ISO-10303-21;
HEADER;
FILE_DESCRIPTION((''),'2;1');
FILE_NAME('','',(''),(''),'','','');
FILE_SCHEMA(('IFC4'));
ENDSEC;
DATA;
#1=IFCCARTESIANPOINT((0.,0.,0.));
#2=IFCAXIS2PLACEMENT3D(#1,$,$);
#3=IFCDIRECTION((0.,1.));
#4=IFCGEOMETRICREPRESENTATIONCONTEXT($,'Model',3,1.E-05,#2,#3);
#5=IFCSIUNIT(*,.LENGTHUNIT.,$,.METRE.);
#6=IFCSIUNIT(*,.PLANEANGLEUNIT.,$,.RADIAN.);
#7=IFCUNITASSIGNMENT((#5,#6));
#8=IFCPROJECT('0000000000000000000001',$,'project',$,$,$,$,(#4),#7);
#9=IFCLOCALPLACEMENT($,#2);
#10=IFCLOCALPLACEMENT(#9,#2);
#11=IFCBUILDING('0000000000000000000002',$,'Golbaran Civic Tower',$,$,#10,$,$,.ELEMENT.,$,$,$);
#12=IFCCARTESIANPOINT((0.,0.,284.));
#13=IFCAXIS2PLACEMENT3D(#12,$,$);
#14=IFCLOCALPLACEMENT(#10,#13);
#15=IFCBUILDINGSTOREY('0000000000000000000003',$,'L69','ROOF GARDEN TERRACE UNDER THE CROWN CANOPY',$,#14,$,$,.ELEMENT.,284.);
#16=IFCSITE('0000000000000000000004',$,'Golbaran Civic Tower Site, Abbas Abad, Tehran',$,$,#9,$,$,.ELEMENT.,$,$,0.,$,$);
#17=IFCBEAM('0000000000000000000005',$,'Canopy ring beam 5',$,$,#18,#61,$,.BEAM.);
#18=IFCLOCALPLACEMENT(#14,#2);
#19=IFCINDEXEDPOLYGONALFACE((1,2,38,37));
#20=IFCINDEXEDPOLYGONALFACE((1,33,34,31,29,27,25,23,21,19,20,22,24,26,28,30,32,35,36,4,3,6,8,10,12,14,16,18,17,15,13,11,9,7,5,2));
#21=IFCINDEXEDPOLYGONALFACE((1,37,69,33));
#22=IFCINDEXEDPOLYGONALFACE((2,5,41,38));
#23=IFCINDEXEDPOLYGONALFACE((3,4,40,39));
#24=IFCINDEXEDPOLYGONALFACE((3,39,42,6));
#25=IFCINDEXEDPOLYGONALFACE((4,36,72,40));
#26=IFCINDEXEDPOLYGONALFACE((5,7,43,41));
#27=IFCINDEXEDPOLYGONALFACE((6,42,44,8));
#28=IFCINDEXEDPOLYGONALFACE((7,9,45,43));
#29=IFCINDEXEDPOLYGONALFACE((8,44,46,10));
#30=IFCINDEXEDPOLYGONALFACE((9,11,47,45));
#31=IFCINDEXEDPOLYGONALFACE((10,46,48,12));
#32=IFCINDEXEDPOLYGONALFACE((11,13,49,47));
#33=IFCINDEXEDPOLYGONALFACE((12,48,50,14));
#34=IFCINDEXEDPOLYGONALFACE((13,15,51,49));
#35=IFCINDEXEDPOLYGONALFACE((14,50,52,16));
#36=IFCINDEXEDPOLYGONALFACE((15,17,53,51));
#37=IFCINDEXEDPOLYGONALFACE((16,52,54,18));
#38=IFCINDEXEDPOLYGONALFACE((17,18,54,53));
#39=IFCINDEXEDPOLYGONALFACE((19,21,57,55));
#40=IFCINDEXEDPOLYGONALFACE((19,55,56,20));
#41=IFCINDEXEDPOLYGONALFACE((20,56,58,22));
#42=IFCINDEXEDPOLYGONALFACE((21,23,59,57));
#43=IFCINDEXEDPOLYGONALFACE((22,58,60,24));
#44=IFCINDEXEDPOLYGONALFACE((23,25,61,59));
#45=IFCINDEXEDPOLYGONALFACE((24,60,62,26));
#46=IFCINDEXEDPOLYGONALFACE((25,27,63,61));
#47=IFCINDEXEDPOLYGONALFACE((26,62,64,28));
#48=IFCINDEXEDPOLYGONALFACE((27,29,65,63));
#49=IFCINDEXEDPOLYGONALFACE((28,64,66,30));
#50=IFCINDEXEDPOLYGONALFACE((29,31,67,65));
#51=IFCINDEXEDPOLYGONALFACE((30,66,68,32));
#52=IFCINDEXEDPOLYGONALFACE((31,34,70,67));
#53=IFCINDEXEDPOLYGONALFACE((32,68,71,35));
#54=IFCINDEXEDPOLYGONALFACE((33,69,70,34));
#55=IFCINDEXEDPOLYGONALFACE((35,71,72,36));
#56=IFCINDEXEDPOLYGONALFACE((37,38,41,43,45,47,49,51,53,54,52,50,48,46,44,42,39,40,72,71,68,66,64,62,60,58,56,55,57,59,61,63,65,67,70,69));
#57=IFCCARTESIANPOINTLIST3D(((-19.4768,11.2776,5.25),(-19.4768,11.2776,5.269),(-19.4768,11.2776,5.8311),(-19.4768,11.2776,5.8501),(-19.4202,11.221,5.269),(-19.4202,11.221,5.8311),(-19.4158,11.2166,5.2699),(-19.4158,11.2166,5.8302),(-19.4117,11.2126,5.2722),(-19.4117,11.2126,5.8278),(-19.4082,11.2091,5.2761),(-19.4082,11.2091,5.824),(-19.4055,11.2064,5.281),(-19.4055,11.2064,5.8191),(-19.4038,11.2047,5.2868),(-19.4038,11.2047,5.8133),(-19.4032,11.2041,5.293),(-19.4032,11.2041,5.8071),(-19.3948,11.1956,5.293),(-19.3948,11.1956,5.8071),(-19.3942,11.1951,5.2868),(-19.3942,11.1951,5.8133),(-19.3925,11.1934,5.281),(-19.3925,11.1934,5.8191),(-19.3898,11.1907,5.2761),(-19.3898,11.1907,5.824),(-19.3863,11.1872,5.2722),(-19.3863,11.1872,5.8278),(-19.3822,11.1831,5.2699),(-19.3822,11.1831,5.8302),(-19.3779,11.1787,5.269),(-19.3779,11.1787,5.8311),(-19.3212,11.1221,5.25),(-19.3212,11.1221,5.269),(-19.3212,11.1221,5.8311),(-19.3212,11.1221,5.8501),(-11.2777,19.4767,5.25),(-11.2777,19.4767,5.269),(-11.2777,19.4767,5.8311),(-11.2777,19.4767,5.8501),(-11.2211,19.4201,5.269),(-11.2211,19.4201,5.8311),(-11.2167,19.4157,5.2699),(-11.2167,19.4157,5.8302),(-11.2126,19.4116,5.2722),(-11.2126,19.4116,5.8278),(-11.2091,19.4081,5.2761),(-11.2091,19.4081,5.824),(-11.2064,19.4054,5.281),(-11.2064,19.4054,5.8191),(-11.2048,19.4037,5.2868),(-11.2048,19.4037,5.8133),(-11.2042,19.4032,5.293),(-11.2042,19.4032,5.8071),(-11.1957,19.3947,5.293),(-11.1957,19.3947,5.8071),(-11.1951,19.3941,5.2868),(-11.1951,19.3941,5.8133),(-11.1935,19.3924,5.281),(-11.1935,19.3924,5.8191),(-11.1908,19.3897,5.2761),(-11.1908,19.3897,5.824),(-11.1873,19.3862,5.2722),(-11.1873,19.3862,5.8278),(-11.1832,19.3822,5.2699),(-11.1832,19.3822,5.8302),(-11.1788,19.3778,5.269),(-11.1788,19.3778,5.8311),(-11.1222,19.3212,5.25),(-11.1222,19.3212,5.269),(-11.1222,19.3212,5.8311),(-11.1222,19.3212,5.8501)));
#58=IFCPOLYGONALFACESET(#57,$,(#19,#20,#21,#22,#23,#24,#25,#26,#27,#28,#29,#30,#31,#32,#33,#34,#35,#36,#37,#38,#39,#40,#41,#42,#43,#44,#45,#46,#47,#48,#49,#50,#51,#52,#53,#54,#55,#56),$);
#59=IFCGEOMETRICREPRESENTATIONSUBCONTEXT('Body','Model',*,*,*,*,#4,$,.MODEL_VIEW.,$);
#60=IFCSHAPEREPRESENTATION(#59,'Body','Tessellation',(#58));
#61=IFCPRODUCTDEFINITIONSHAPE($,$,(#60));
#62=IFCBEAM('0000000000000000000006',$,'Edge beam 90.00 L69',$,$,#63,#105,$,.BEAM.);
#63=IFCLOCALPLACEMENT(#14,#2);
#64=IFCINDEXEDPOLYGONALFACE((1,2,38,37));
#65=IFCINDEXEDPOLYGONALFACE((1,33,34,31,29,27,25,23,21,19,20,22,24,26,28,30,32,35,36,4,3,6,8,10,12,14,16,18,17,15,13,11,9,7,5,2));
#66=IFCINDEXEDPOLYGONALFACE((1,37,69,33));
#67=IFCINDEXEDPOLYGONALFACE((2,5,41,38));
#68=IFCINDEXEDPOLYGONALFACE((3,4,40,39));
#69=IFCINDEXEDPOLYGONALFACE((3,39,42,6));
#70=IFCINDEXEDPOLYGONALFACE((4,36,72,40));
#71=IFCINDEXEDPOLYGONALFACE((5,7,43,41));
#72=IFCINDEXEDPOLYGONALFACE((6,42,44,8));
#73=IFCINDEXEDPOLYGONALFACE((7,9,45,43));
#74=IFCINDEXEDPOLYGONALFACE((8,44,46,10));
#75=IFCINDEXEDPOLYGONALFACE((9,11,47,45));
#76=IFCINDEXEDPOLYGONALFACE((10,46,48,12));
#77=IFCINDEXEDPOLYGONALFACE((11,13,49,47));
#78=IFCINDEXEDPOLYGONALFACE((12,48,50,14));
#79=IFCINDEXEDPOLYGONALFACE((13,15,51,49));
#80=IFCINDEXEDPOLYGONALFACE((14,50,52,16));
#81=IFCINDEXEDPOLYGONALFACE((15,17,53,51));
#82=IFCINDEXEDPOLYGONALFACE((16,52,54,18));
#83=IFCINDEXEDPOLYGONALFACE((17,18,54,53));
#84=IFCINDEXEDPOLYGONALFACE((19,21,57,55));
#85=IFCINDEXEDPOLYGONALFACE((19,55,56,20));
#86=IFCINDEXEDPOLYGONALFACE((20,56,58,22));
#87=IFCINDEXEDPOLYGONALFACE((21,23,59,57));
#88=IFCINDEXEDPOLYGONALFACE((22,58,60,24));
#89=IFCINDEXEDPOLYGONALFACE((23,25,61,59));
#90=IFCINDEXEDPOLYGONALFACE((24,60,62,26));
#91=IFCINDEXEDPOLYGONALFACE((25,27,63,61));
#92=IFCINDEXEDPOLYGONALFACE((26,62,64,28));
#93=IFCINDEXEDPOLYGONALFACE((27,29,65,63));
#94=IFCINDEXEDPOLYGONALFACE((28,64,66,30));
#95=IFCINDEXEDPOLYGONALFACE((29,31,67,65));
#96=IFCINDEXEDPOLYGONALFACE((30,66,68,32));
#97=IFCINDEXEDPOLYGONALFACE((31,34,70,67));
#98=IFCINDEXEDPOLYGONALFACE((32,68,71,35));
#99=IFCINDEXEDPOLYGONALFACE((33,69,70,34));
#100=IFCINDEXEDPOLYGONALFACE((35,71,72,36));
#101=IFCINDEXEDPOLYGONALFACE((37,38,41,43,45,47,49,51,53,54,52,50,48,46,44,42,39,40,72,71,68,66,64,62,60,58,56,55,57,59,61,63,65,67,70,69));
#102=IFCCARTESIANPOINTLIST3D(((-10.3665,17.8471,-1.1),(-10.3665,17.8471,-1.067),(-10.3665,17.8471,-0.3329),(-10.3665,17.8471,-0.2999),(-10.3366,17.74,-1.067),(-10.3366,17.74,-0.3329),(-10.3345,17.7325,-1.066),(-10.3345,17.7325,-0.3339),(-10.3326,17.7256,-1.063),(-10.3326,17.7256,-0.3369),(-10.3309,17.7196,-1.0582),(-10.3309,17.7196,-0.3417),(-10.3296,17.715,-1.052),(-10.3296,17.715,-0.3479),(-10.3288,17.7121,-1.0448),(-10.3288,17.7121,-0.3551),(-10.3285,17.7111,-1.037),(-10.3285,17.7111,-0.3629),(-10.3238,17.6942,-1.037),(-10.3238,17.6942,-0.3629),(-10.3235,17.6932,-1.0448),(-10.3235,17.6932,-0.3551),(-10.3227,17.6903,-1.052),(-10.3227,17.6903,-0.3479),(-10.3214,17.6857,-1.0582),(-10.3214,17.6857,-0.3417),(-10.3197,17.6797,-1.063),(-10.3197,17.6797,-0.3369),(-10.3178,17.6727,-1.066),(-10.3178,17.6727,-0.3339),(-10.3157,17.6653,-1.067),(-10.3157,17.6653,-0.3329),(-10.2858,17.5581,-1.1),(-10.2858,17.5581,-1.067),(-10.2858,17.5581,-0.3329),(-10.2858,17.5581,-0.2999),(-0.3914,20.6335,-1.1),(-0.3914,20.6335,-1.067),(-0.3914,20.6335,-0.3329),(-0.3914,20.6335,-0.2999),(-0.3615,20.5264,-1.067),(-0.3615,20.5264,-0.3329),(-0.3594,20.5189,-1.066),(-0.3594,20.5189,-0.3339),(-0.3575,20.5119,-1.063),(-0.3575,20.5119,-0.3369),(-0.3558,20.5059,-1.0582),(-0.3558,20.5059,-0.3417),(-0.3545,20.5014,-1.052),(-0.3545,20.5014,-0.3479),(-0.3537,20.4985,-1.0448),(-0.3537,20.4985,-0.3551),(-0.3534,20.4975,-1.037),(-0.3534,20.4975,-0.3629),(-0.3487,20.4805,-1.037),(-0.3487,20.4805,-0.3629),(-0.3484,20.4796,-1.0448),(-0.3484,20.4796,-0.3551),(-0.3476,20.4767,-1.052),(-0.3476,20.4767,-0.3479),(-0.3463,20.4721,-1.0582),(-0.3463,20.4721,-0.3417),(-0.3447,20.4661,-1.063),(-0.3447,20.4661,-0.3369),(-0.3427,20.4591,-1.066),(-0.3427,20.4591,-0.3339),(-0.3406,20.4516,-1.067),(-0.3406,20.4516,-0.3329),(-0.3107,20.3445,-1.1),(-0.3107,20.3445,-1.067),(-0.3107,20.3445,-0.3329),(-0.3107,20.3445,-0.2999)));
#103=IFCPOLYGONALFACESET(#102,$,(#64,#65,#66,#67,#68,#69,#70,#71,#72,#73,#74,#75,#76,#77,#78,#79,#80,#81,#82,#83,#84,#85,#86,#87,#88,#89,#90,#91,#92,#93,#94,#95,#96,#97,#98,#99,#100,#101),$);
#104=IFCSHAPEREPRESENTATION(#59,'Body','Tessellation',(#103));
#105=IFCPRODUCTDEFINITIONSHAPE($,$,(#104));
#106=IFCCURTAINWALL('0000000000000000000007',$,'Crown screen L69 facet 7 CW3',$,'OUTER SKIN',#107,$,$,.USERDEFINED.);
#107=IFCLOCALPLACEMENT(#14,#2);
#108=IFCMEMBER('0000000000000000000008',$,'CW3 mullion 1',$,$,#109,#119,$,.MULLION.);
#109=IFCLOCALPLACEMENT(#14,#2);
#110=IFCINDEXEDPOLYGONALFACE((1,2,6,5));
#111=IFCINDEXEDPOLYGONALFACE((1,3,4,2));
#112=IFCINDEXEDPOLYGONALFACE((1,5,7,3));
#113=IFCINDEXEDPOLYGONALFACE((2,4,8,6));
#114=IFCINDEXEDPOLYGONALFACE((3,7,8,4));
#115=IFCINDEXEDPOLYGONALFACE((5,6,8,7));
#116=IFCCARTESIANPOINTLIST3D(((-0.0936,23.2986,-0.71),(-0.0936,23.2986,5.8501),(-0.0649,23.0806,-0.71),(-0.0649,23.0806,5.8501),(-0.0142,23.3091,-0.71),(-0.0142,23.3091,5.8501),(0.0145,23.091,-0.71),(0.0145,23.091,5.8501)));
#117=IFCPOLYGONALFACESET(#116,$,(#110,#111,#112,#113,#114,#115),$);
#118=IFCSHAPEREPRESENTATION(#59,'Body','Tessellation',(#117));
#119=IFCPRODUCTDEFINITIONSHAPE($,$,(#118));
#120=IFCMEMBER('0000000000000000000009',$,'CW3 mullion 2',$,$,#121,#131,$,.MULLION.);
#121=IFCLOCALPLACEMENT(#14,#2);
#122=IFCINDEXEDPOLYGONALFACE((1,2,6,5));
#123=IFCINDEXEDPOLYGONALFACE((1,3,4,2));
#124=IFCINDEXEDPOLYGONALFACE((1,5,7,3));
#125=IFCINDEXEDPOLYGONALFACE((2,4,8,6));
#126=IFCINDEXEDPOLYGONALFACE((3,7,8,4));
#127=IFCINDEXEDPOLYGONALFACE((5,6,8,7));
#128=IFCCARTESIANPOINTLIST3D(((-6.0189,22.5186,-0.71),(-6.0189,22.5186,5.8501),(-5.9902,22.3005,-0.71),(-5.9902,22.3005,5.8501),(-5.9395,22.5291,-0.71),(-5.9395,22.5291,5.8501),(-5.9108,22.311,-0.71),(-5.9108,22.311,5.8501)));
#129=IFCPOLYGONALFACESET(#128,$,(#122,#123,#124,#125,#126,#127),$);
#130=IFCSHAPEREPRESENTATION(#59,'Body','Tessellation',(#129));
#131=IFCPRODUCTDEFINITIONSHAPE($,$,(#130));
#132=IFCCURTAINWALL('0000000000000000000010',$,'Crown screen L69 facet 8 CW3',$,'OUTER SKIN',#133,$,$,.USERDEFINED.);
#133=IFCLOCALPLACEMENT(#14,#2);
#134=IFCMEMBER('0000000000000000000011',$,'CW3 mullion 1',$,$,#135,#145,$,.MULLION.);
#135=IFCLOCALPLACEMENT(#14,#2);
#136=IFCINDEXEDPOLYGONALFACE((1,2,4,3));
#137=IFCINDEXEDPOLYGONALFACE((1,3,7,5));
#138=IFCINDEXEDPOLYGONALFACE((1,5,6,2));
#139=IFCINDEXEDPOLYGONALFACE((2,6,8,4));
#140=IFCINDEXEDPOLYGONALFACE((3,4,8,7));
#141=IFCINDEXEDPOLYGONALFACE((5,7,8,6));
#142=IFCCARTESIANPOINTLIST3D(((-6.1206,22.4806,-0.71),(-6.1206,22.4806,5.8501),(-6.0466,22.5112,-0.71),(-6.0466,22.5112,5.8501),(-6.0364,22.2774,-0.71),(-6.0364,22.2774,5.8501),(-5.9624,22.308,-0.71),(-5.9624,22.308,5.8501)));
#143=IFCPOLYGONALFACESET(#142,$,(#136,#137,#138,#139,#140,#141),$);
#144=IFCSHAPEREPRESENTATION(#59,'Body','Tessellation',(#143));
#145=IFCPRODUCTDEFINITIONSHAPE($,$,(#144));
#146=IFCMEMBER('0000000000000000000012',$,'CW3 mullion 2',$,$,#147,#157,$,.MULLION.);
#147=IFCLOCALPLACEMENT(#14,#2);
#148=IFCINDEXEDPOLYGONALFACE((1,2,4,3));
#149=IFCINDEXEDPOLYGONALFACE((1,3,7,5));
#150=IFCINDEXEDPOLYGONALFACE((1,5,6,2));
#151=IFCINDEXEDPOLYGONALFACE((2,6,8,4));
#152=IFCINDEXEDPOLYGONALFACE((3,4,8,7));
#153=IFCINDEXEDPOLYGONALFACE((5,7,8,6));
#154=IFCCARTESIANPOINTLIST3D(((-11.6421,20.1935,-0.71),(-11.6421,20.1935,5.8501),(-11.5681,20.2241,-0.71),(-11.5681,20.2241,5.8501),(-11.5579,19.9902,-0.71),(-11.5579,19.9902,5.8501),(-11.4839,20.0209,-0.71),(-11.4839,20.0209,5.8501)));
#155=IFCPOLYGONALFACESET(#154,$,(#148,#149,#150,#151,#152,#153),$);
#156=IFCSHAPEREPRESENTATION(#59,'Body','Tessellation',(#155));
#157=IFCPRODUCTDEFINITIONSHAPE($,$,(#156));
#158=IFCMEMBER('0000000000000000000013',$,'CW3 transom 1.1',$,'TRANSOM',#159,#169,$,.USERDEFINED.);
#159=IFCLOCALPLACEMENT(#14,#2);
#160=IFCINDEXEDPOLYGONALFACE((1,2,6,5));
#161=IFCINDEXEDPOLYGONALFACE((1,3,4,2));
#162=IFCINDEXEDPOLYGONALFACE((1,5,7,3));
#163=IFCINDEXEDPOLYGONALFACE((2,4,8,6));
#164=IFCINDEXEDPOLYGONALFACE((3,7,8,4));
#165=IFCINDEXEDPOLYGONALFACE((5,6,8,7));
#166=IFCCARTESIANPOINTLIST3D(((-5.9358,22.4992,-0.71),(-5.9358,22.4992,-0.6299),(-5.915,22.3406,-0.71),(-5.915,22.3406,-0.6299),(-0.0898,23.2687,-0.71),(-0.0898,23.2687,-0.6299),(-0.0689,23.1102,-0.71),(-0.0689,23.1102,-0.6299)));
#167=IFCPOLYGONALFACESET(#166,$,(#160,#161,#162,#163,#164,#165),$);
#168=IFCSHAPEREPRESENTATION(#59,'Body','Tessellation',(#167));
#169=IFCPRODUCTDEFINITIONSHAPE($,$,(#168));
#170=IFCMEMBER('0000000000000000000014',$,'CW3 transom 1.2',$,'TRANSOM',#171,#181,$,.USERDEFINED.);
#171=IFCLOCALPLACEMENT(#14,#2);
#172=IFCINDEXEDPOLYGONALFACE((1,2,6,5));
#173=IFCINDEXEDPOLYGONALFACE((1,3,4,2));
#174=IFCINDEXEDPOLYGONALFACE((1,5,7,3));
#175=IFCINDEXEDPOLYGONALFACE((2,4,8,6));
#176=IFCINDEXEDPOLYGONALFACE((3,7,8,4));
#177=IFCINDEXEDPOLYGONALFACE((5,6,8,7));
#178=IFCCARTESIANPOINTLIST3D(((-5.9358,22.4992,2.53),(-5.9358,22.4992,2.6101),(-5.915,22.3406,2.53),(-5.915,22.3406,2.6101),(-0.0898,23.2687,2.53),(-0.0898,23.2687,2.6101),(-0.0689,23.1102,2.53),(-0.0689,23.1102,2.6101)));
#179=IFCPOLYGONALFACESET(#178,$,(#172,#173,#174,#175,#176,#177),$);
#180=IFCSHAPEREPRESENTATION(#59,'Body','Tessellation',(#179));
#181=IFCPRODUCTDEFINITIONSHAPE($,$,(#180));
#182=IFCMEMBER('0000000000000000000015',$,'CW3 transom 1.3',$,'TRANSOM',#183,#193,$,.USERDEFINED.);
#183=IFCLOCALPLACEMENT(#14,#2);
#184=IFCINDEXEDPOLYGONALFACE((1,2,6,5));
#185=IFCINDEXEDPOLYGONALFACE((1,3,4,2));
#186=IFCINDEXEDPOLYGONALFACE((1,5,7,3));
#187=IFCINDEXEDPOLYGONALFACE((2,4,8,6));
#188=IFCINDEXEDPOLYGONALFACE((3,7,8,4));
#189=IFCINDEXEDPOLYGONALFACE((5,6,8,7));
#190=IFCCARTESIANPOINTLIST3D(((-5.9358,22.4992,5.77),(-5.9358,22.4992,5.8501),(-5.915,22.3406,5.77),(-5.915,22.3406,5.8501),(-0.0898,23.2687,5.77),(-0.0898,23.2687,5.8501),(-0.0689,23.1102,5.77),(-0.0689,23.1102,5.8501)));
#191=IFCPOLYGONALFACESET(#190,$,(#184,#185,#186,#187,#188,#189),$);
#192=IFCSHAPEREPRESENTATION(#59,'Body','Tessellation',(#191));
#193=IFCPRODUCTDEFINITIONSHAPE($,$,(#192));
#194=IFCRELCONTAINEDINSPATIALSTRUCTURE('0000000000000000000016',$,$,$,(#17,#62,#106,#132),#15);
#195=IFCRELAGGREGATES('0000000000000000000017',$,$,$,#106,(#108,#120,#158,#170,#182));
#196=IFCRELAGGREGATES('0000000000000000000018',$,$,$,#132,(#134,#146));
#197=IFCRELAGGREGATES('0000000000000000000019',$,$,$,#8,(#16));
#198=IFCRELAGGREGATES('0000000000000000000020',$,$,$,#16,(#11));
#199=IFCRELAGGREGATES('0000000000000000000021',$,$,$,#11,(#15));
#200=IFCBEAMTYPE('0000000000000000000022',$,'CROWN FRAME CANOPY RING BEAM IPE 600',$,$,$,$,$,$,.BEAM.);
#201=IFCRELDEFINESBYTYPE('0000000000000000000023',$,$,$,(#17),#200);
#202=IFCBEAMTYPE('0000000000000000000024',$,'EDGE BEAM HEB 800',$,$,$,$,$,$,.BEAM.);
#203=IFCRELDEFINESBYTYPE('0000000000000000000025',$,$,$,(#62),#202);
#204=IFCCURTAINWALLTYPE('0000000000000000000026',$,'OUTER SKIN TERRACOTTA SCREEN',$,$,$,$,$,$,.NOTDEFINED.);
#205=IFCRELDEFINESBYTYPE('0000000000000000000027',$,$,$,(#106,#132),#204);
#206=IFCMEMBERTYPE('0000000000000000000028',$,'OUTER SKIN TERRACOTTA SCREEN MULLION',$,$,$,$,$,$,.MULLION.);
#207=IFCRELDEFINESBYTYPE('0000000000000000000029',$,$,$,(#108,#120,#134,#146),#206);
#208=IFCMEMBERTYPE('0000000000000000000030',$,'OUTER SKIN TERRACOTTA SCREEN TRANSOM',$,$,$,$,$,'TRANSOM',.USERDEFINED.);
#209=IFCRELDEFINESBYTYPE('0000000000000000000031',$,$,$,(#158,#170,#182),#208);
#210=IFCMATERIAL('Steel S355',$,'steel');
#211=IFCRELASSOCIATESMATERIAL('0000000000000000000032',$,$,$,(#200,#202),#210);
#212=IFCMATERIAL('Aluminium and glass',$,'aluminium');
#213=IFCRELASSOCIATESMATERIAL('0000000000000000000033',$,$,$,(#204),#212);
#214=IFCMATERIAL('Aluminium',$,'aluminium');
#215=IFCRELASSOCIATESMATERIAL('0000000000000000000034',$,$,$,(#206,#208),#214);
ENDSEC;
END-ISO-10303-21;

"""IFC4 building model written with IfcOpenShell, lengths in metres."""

from ifc_helpers import new_model, si_unit, direction, frame, origin, origin_2d, place, context, subcontext, project, spatial, rectangle, i_section, extrude, material, material_profile, profile_set, type_object, element, aggregate, save


model = new_model("IFC4")

# Units and contexts
model_context = context("Model", 3, precision=1e-05, world=origin(), true_north=direction((0.0, 1.0)))
body_context = subcontext(model_context, "Body", "Model", "MODEL_VIEW")
ifc_project = project(units=[si_unit("LENGTHUNIT", "METRE"), si_unit("PLANEANGLEUNIT", "RADIAN")], contexts=[model_context])

# Site, building, storey
site_placement = place(None, origin())
site = spatial("IfcSite", under=ifc_project, at=site_placement, Name="Golbaran Civic Tower Site, Abbas Abad, Tehran", CompositionType="ELEMENT", RefElevation=0.0)
building_placement = place(site_placement, origin())
building = spatial("IfcBuilding", under=site, at=building_placement, Name="Golbaran Civic Tower", CompositionType="ELEMENT")
storey_placement = place(building_placement, frame((0.0, 0.0, 284.0)))
storey = spatial("IfcBuildingStorey", under=building, at=storey_placement, Name="L69", Description="ROOF GARDEN TERRACE UNDER THE CROWN CANOPY", CompositionType="ELEMENT", Elevation=284.0)

# Shared definitions
ifc_material_1 = material(Name="Steel S355", Category="steel")

# Beams
ifc_material_profile_1 = material_profile(ifc_material_1, i_section(OverallWidth=0.22, OverallDepth=0.6001, WebThickness=0.012, FlangeThickness=0.019, FilletRadius=0.0239, at=origin_2d()), Name="IPE 600")
ifc_profile_set_1 = profile_set([ifc_material_profile_1], Name="Steel S355")
beam_type_1 = type_object("IfcBeamType", Name="CROWN FRAME CANOPY RING BEAM IPE 600", PredefinedType="BEAM", material=ifc_profile_set_1)
beam_1_placement = place(storey_placement, frame((-11.2, 19.3989, 5.55), z_axis=(-0.707107, -0.707107, 0.0), x_axis=(0.707107, -0.707107, 0.0)))
element("IfcBeam", 1, at=beam_1_placement, inside=storey, type_object=beam_type_1, Name="Canopy ring beam 5", PredefinedType="BEAM", context=body_context, shape_type="SweptSolid", body=[
    extrude(i_section(OverallWidth=0.22, OverallDepth=0.6001, WebThickness=0.012, FlangeThickness=0.019, FilletRadius=0.0239, at=origin_2d()), origin(), (0.0, 0.0, 1.0), 11.5952),
])
ifc_material_profile_2 = material_profile(ifc_material_1, i_section(OverallWidth=0.3, OverallDepth=0.8, WebThickness=0.0176, FlangeThickness=0.033, FilletRadius=0.03, at=origin_2d()), Name="HEB 800")
ifc_profile_set_2 = profile_set([ifc_material_profile_2], Name="Steel S355")
beam_type_2 = type_object("IfcBeamType", Name="EDGE BEAM HEB 800", PredefinedType="BEAM", material=ifc_profile_set_2)
beam_2_placement = place(storey_placement, frame((-0.3511, 20.489, -0.7), z_axis=(-0.963131, -0.269034, 0.0), x_axis=(0.269034, -0.963131, 0.0)))
element("IfcBeam", 2, at=beam_2_placement, inside=storey, type_object=beam_type_2, Name="Edge beam 90.00 L69", PredefinedType="BEAM", context=body_context, shape_type="SweptSolid", body=[
    extrude(i_section(OverallWidth=0.3, OverallDepth=0.8, WebThickness=0.0176, FlangeThickness=0.033, FilletRadius=0.03, at=origin_2d()), origin(), (0.0, 0.0, 1.0), 10.3569),
])

# Curtain walls, members
ifc_material_2 = material(Name="Aluminium and glass", Category="aluminium")
curtain_wall_type = type_object("IfcCurtainWallType", Name="OUTER SKIN TERRACOTTA SCREEN", PredefinedType="NOTDEFINED", material=ifc_material_2)
curtain_wall_1_placement = place(storey_placement, origin())
curtain_wall_1 = element("IfcCurtainWall", 3, at=curtain_wall_1_placement, inside=storey, type_object=curtain_wall_type, Name="Crown screen L69 facet 7 CW3", ObjectType="OUTER SKIN", PredefinedType="USERDEFINED")
ifc_material_3 = material(Name="Aluminium", Category="aluminium")
ifc_material_profile_3 = material_profile(ifc_material_3, rectangle(XDim=0.22, YDim=0.0801, at=origin_2d()), Name="OUTER SKIN TERRACOTTA SCREEN MULLION")
ifc_profile_set_3 = profile_set([ifc_material_profile_3], Name="Aluminium")
member_type_1 = type_object("IfcMemberType", Name="OUTER SKIN TERRACOTTA SCREEN MULLION", PredefinedType="MULLION", material=ifc_profile_set_3)
member_1_placement = place(storey_placement, frame((-0.0396, 23.1948, -0.71), z_axis=(0.0, 0.0, 1.0), x_axis=(0.130526, -0.991445, 0.0)))
member_1 = element("IfcMember", 4, at=member_1_placement, type_object=member_type_1, Name="CW3 mullion 1", PredefinedType="MULLION", context=body_context, shape_type="SweptSolid", body=[
    extrude(rectangle(XDim=0.22, YDim=0.0801, at=origin_2d()), origin(), (0.0, 0.0, 1.0), 6.5601),
])
member_2_placement = place(storey_placement, frame((-5.9648, 22.4148, -0.71), z_axis=(0.0, 0.0, 1.0), x_axis=(0.130526, -0.991445, 0.0)))
member_2 = element("IfcMember", 5, at=member_2_placement, type_object=member_type_1, Name="CW3 mullion 2", PredefinedType="MULLION", context=body_context, shape_type="SweptSolid", body=[
    extrude(rectangle(XDim=0.22, YDim=0.0801, at=origin_2d()), origin(), (0.0, 0.0, 1.0), 6.5601),
])
curtain_wall_2_placement = place(storey_placement, origin())
curtain_wall_2 = element("IfcCurtainWall", 6, at=curtain_wall_2_placement, inside=storey, type_object=curtain_wall_type, Name="Crown screen L69 facet 8 CW3", ObjectType="OUTER SKIN", PredefinedType="USERDEFINED")
member_3_placement = place(storey_placement, frame((-6.0415, 22.3943, -0.71), z_axis=(0.0, 0.0, 1.0), x_axis=(0.382683, -0.92388, 0.0)))
member_3 = element("IfcMember", 7, at=member_3_placement, type_object=member_type_1, Name="CW3 mullion 1", PredefinedType="MULLION", context=body_context, shape_type="SweptSolid", body=[
    extrude(rectangle(XDim=0.22, YDim=0.0801, at=origin_2d()), origin(), (0.0, 0.0, 1.0), 6.5601),
])
member_4_placement = place(storey_placement, frame((-11.563, 20.1072, -0.71), z_axis=(0.0, 0.0, 1.0), x_axis=(0.382683, -0.92388, 0.0)))
member_4 = element("IfcMember", 8, at=member_4_placement, type_object=member_type_1, Name="CW3 mullion 2", PredefinedType="MULLION", context=body_context, shape_type="SweptSolid", body=[
    extrude(rectangle(XDim=0.22, YDim=0.0801, at=origin_2d()), origin(), (0.0, 0.0, 1.0), 6.5601),
])

# Members
ifc_material_profile_4 = material_profile(ifc_material_3, rectangle(XDim=0.1599, YDim=0.0801, at=origin_2d()), Name="OUTER SKIN TERRACOTTA SCREEN TRANSOM")
ifc_profile_set_4 = profile_set([ifc_material_profile_4], Name="Aluminium")
member_type_2 = type_object("IfcMemberType", Name="OUTER SKIN TERRACOTTA SCREEN TRANSOM", ElementType="TRANSOM", PredefinedType="USERDEFINED", material=ifc_profile_set_4)
member_5_placement = place(storey_placement, frame((-0.0793, 23.1895, -0.6699), z_axis=(-0.991447, -0.130509, 0.0), x_axis=(0.130509, -0.991447, 0.0)))
member_5 = element("IfcMember", 9, at=member_5_placement, type_object=member_type_2, Name="CW3 transom 1.1", ObjectType="TRANSOM", PredefinedType="USERDEFINED", context=body_context, shape_type="SweptSolid", body=[
    extrude(rectangle(XDim=0.1599, YDim=0.0801, at=origin_2d()), origin(), (0.0, 0.0, 1.0), 5.8965),
])
member_6_placement = place(storey_placement, frame((-0.0793, 23.1895, 2.5701), z_axis=(-0.991447, -0.130509, 0.0), x_axis=(0.130509, -0.991447, 0.0)))
member_6 = element("IfcMember", 10, at=member_6_placement, type_object=member_type_2, Name="CW3 transom 1.2", ObjectType="TRANSOM", PredefinedType="USERDEFINED", context=body_context, shape_type="SweptSolid", body=[
    extrude(rectangle(XDim=0.1599, YDim=0.0801, at=origin_2d()), origin(), (0.0, 0.0, 1.0), 5.8965),
])
member_7_placement = place(storey_placement, frame((-0.0793, 23.1895, 5.8101), z_axis=(-0.991447, -0.130509, 0.0), x_axis=(0.130509, -0.991447, 0.0)))
member_7 = element("IfcMember", 11, at=member_7_placement, type_object=member_type_2, Name="CW3 transom 1.3", ObjectType="TRANSOM", PredefinedType="USERDEFINED", context=body_context, shape_type="SweptSolid", body=[
    extrude(rectangle(XDim=0.1599, YDim=0.0801, at=origin_2d()), origin(), (0.0, 0.0, 1.0), 5.8965),
])

aggregate(curtain_wall_1, [member_1, member_2, member_5, member_6, member_7])
aggregate(curtain_wall_2, [member_3, member_4])

save(model, "model.ifc")
